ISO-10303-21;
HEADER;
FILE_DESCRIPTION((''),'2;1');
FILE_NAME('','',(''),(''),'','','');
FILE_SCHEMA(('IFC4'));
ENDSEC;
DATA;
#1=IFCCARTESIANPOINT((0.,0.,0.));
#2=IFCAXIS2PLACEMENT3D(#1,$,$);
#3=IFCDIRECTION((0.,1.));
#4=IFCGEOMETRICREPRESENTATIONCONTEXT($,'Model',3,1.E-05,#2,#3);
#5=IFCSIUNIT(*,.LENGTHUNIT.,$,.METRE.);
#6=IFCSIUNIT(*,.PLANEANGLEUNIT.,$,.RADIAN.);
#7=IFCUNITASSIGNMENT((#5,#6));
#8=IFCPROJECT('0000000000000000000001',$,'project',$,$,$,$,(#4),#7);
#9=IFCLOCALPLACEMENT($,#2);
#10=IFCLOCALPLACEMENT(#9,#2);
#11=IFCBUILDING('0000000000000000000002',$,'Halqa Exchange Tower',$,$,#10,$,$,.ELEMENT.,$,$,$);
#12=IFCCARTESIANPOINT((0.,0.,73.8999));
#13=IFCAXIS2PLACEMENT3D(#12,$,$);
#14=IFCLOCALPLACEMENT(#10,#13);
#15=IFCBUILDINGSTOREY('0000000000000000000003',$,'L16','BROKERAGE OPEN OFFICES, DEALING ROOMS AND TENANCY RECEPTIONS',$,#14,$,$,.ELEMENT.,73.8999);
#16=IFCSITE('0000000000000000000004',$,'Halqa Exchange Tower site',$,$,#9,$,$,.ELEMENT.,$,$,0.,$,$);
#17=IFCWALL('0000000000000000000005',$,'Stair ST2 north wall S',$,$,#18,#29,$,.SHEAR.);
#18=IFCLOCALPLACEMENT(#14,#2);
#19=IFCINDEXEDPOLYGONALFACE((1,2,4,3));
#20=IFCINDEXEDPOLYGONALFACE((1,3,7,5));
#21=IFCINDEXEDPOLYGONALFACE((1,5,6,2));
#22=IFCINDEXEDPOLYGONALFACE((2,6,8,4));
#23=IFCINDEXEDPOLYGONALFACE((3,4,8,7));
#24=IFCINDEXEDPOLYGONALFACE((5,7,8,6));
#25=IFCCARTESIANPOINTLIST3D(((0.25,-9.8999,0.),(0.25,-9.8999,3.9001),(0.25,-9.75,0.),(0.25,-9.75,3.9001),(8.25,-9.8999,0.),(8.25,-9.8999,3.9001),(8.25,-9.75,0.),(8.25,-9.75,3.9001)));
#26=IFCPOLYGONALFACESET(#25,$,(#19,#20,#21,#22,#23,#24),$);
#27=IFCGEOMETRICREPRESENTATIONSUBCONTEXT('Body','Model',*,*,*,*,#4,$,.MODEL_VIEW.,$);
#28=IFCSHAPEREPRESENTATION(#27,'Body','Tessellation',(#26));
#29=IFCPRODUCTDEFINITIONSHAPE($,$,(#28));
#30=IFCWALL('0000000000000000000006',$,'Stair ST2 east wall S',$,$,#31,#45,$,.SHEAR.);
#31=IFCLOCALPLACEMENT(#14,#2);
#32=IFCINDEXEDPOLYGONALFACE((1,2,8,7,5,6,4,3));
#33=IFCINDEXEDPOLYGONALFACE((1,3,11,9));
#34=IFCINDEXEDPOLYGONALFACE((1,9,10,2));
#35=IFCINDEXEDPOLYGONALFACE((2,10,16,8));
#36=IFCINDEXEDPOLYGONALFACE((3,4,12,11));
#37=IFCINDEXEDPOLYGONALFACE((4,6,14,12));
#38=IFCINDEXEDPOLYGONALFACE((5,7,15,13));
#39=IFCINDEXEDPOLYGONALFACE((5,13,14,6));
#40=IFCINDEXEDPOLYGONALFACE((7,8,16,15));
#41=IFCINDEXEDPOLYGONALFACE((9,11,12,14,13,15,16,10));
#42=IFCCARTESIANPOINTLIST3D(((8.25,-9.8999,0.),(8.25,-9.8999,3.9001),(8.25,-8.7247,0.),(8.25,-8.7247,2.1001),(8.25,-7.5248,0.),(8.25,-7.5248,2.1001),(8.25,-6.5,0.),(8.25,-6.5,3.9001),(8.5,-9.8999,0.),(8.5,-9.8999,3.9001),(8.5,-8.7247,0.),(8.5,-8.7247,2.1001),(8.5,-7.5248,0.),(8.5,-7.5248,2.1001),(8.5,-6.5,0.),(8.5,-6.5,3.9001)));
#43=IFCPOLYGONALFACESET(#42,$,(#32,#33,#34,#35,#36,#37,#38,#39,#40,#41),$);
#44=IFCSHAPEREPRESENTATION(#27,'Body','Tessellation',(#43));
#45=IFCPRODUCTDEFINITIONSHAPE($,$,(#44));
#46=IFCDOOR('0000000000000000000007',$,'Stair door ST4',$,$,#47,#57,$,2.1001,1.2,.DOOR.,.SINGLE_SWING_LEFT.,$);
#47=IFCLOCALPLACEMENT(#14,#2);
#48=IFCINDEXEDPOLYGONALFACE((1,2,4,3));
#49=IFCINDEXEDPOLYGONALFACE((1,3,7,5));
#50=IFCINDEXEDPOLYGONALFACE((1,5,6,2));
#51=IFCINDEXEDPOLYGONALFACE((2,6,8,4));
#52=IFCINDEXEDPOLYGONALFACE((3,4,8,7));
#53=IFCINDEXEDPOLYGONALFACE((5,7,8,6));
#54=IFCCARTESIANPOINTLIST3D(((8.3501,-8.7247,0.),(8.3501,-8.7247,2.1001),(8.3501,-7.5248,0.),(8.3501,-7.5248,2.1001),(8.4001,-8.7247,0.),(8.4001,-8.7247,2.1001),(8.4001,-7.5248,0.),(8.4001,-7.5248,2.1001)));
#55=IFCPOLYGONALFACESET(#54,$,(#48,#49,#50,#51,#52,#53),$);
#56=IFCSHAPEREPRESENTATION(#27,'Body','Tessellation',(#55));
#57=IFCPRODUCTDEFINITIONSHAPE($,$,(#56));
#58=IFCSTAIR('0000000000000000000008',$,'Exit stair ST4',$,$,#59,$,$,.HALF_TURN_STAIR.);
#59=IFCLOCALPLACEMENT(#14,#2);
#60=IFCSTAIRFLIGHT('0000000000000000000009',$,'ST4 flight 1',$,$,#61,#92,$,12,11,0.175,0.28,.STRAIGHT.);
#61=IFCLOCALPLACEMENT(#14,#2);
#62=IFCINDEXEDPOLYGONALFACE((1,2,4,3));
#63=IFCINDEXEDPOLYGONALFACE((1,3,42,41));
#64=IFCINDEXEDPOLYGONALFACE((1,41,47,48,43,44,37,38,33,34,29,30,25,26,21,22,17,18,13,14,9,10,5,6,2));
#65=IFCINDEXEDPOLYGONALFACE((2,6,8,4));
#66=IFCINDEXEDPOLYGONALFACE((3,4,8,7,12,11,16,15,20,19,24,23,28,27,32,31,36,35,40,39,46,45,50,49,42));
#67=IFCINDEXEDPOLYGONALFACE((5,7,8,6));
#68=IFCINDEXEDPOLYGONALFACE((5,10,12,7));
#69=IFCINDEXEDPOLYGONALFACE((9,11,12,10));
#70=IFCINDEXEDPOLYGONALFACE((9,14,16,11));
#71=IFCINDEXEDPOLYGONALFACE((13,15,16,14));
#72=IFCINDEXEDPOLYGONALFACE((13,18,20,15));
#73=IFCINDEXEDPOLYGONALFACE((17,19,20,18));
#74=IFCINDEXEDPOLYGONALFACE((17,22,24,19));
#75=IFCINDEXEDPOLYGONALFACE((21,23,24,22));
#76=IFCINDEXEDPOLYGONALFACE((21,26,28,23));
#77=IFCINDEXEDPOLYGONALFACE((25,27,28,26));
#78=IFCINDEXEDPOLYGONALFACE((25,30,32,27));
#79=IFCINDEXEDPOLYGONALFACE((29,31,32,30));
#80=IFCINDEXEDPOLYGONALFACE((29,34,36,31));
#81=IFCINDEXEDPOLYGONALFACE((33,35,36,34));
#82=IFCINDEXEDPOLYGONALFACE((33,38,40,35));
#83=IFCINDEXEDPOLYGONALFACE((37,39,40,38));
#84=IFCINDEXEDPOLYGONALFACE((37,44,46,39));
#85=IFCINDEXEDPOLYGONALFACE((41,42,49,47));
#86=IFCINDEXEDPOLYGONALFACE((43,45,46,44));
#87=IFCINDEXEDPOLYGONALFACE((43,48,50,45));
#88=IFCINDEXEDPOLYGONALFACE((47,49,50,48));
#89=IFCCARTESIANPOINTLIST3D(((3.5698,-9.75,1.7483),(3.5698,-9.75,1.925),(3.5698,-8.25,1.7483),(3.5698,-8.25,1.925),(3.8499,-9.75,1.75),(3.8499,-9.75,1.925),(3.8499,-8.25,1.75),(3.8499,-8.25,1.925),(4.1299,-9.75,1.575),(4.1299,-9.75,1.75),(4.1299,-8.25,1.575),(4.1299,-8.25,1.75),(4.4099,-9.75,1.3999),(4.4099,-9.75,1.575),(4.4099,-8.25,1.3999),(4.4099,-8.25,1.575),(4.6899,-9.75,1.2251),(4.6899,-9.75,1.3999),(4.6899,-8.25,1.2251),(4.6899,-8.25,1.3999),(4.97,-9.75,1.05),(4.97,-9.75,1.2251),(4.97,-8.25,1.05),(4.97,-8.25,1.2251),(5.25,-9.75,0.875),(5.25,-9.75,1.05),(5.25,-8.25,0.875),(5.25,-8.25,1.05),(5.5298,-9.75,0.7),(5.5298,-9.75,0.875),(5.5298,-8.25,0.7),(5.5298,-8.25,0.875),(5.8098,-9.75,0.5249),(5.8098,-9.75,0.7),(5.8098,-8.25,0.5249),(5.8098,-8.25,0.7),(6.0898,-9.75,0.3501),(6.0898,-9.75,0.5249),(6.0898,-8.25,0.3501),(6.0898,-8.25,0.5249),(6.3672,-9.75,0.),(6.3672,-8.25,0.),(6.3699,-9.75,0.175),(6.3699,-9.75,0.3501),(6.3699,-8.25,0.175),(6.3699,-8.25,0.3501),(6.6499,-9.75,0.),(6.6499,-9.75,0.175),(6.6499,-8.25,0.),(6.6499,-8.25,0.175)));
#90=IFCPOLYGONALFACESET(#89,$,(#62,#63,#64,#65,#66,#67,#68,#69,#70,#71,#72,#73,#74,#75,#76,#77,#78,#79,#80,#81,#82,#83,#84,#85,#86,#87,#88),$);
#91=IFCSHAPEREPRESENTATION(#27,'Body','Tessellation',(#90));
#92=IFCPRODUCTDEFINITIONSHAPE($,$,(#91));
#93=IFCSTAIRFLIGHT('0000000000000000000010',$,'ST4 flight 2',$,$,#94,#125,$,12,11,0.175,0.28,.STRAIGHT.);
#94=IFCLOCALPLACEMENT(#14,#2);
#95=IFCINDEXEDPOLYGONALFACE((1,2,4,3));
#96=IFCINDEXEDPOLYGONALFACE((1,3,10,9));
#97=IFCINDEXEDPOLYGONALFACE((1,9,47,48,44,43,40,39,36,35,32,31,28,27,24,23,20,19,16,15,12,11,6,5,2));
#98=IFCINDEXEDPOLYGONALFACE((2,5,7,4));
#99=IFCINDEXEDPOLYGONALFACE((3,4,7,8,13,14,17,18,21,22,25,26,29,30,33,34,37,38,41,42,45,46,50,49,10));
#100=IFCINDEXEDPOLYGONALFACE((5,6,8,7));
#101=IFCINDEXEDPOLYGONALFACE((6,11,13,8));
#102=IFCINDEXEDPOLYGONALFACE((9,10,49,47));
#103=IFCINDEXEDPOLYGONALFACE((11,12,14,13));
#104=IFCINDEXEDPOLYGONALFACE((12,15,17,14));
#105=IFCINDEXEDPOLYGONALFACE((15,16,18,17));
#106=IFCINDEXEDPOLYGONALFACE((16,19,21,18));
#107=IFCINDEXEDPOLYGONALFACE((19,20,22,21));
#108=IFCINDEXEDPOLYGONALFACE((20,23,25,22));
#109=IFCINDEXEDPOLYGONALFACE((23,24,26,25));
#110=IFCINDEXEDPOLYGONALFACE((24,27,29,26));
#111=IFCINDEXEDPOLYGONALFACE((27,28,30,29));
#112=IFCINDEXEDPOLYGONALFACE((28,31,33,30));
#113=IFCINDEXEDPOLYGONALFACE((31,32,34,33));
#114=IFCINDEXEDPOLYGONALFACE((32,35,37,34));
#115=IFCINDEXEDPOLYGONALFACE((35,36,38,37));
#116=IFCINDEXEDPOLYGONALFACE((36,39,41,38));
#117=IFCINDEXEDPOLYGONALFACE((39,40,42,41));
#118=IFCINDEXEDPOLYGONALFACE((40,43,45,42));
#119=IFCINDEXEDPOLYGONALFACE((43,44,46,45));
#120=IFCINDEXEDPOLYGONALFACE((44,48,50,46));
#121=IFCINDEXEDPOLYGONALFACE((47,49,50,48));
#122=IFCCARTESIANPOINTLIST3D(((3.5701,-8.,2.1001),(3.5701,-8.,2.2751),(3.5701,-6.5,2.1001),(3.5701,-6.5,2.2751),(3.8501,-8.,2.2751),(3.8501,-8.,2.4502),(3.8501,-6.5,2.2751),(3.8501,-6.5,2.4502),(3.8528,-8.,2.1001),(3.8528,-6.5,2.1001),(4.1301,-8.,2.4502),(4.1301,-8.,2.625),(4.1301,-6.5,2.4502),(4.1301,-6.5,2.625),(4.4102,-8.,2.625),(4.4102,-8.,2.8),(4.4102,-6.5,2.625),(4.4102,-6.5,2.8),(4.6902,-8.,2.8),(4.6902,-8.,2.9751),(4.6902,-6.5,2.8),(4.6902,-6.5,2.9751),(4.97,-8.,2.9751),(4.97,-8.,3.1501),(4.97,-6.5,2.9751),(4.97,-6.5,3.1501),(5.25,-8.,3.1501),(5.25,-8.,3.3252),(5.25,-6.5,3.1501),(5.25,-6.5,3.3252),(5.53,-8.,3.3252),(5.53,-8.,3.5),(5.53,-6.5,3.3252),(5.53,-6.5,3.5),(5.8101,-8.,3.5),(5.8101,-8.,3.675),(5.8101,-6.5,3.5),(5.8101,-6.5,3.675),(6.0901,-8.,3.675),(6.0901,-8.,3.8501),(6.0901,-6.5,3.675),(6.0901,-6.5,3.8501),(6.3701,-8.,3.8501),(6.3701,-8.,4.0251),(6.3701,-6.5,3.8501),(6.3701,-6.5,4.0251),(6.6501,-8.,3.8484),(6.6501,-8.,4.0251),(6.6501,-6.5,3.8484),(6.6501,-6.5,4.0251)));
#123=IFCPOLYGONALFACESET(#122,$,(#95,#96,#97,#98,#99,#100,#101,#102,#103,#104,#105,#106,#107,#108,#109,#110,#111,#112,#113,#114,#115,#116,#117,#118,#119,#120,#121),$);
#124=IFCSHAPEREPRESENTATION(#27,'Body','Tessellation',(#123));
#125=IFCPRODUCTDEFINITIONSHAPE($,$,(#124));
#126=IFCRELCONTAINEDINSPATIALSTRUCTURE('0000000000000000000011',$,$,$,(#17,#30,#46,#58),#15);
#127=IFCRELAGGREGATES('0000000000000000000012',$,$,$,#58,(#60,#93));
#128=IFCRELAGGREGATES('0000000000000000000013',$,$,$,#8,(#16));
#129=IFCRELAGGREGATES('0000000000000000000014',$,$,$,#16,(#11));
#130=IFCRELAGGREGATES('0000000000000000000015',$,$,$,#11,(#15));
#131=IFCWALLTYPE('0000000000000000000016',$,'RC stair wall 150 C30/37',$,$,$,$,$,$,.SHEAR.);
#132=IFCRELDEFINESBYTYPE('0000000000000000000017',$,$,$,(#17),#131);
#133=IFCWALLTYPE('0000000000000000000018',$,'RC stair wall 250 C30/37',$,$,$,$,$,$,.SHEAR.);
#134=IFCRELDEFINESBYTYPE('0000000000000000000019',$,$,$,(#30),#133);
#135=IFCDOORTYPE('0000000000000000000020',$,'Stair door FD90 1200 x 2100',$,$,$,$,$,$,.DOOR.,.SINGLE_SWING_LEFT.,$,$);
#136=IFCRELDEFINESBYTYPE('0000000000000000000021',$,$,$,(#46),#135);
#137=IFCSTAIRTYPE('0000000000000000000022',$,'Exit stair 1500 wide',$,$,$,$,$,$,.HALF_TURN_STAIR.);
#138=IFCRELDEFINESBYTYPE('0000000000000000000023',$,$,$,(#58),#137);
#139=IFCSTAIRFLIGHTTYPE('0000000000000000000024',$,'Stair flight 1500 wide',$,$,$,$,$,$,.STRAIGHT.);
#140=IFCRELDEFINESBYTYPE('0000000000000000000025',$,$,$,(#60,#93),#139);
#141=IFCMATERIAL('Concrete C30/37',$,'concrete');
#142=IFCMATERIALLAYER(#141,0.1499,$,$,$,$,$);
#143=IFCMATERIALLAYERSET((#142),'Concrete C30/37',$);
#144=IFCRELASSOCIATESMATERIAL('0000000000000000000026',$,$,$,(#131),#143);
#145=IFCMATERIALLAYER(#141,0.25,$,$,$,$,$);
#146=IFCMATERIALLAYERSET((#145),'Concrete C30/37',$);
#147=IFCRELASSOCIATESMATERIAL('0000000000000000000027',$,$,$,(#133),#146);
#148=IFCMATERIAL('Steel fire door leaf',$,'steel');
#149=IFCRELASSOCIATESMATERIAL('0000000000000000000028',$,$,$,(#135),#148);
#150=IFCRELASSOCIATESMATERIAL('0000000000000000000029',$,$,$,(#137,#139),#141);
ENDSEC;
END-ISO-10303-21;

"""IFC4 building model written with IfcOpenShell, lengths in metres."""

from ifc_helpers import new_model, si_unit, direction, frame, frame_2d, origin, place, context, subcontext, project, spatial, polyline, rectangle, outline, extrude, material, layer, layer_set, type_object, element, fill, aggregate, save


model = new_model("IFC4")

# Units and contexts
model_context = context("Model", 3, precision=1e-05, world=origin(), true_north=direction((0.0, 1.0)))
body_context = subcontext(model_context, "Body", "Model", "MODEL_VIEW")
ifc_project = project(units=[si_unit("LENGTHUNIT", "METRE"), si_unit("PLANEANGLEUNIT", "RADIAN")], contexts=[model_context])

# Site, building, storey
site_placement = place(None, origin())
site = spatial("IfcSite", under=ifc_project, at=site_placement, Name="Halqa Exchange Tower site", CompositionType="ELEMENT", RefElevation=0.0)
building_placement = place(site_placement, origin())
building = spatial("IfcBuilding", under=site, at=building_placement, Name="Halqa Exchange Tower", CompositionType="ELEMENT")
storey_placement = place(building_placement, frame((0.0, 0.0, 73.8999)))
storey = spatial("IfcBuildingStorey", under=building, at=storey_placement, Name="L16", Description="BROKERAGE OPEN OFFICES, DEALING ROOMS AND TENANCY RECEPTIONS", CompositionType="ELEMENT", Elevation=73.8999)

# Wall
ifc_material_1 = material(Name="Concrete C30/37", Category="concrete")
ifc_layer_1 = layer(ifc_material_1, 0.1499)
ifc_layer_set_1 = layer_set([ifc_layer_1], Name="Concrete C30/37")
wall_type_1 = type_object("IfcWallType", Name="RC stair wall 150 C30/37", PredefinedType="SHEAR", material=ifc_layer_set_1)
wall_1_placement = place(storey_placement, frame((0.25, -9.825, 0.0), z_axis=(0.0, 0.0, 1.0), x_axis=(1.0, 0.0, 0.0)))
element("IfcWall", 1, at=wall_1_placement, inside=storey, type_object=wall_type_1, Name="Stair ST2 north wall S", PredefinedType="SHEAR", context=body_context, shape_type="SweptSolid", body=[
    extrude(rectangle(XDim=8.0, YDim=0.1499, at=frame_2d((4.0, 0.0))), origin(), (0.0, 0.0, 1.0), 3.9001),
])

# Wall, opening, door
ifc_layer_2 = layer(ifc_material_1, 0.25)
ifc_layer_set_2 = layer_set([ifc_layer_2], Name="Concrete C30/37")
wall_type_2 = type_object("IfcWallType", Name="RC stair wall 250 C30/37", PredefinedType="SHEAR", material=ifc_layer_set_2)
wall_2_placement = place(storey_placement, frame((8.375, -9.8999, 0.0), z_axis=(0.0, 0.0, 1.0), x_axis=(0.0, 1.0, 0.0)))
wall_2 = element("IfcWall", 2, at=wall_2_placement, inside=storey, type_object=wall_type_2, Name="Stair ST2 east wall S", PredefinedType="SHEAR", context=body_context, shape_type="SweptSolid", body=[
    extrude(rectangle(XDim=3.3999, YDim=0.25, at=frame_2d((1.7, 0.0))), origin(), (0.0, 0.0, 1.0), 3.9001),
])
opening_placement = place(wall_2_placement, frame((1.175, 0.0, 0.0)))
opening = element("IfcOpeningElement", 3, at=opening_placement, cuts=wall_2, PredefinedType="OPENING", context=body_context, shape_type="SweptSolid", body=[
    extrude(rectangle(XDim=1.2, YDim=2.1001, at=frame_2d((0.6001, 1.05))), frame((0.0, 0.137, 0.0), z_axis=(0.0, -1.0, 0.0), x_axis=(1.0, 0.0, 0.0)), (0.0, 0.0, 1.0), 0.2739),
])
ifc_material_2 = material(Name="Steel fire door leaf", Category="steel")
door_type = type_object("IfcDoorType", Name="Stair door FD90 1200 x 2100", OperationType="SINGLE_SWING_LEFT", PredefinedType="DOOR", material=ifc_material_2)
door_placement = place(opening_placement, origin())
door = element("IfcDoor", 4, at=door_placement, inside=storey, type_object=door_type, Name="Stair door ST4", OperationType="SINGLE_SWING_LEFT", OverallHeight=2.1001, OverallWidth=1.2, PredefinedType="DOOR", context=body_context, shape_type="SweptSolid", body=[
    extrude(rectangle(XDim=1.2, YDim=2.1001, at=frame_2d((0.6001, 1.05))), frame((0.0, 0.0249, 0.0), z_axis=(0.0, -1.0, 0.0), x_axis=(1.0, 0.0, 0.0)), (0.0, 0.0, 1.0), 0.05),
])
fill(opening, door)

# Stair, stair flights
stair_type = type_object("IfcStairType", Name="Exit stair 1500 wide", PredefinedType="HALF_TURN_STAIR", material=ifc_material_1)
stair_placement = place(storey_placement, origin())
stair = element("IfcStair", 5, at=stair_placement, inside=storey, type_object=stair_type, Name="Exit stair ST4", PredefinedType="HALF_TURN_STAIR")
stair_flight_type = type_object("IfcStairFlightType", Name="Stair flight 1500 wide", PredefinedType="STRAIGHT", material=ifc_material_1)
stair_flight_1_placement = place(storey_placement, frame((6.6499, -9.0, 0.0), z_axis=(0.0, 0.0, 1.0), x_axis=(-1.0, 0.0, 0.0)))
stair_flight_1 = element("IfcStairFlight", 6, at=stair_flight_1_placement, type_object=stair_flight_type, Name="ST4 flight 1", NumberOfRisers=12, NumberOfTreads=11, PredefinedType="STRAIGHT", RiserHeight=0.175, TreadLength=0.28, context=body_context, shape_type="SweptSolid", body=[
    extrude(outline(polyline([(0.0, 0.0), (0.0, 0.175), (0.28, 0.175), (0.28, 0.3501), (0.5601, 0.3501), (0.5601, 0.5249), (0.8401, 0.5249), (0.8401, 0.7), (1.1201, 0.7), (1.1201, 0.875), (1.3999, 0.875), (1.3999, 1.05), (1.6799, 1.05), (1.6799, 1.2251), (1.96, 1.2251), (1.96, 1.3999), (2.24, 1.3999), (2.24, 1.575), (2.52, 1.575), (2.52, 1.75), (2.8, 1.75), (2.8, 1.925), (3.0801, 1.925), (3.0801, 2.1001), (3.0801, 1.7483), (0.2827, 0.0), (0.0, 0.0)])), frame((0.0, 0.75, 0.0), z_axis=(0.0, -1.0, 0.0), x_axis=(1.0, 0.0, 0.0)), (0.0, 0.0, 1.0), 1.5),
])
stair_flight_2_placement = place(storey_placement, frame((3.5701, -7.25, 2.1001), z_axis=(0.0, 0.0, 1.0), x_axis=(1.0, 0.0, 0.0)))
stair_flight_2 = element("IfcStairFlight", 7, at=stair_flight_2_placement, type_object=stair_flight_type, Name="ST4 flight 2", NumberOfRisers=12, NumberOfTreads=11, PredefinedType="STRAIGHT", RiserHeight=0.175, TreadLength=0.28, context=body_context, shape_type="SweptSolid", body=[
    extrude(outline(polyline([(0.0, 0.0), (0.0, 0.175), (0.28, 0.175), (0.28, 0.3501), (0.5601, 0.3501), (0.5601, 0.5249), (0.8401, 0.5249), (0.8401, 0.7), (1.1201, 0.7), (1.1201, 0.875), (1.3999, 0.875), (1.3999, 1.05), (1.6799, 1.05), (1.6799, 1.2251), (1.96, 1.2251), (1.96, 1.3999), (2.24, 1.3999), (2.24, 1.575), (2.52, 1.575), (2.52, 1.75), (2.8, 1.75), (2.8, 1.925), (3.0801, 1.925), (3.0801, 2.1001), (3.0801, 1.7483), (0.2827, 0.0), (0.0, 0.0)])), frame((0.0, 0.75, 0.0), z_axis=(0.0, -1.0, 0.0), x_axis=(1.0, 0.0, 0.0)), (0.0, 0.0, 1.0), 1.5),
])
aggregate(stair, [stair_flight_1, stair_flight_2])

save(model, "model.ifc")
